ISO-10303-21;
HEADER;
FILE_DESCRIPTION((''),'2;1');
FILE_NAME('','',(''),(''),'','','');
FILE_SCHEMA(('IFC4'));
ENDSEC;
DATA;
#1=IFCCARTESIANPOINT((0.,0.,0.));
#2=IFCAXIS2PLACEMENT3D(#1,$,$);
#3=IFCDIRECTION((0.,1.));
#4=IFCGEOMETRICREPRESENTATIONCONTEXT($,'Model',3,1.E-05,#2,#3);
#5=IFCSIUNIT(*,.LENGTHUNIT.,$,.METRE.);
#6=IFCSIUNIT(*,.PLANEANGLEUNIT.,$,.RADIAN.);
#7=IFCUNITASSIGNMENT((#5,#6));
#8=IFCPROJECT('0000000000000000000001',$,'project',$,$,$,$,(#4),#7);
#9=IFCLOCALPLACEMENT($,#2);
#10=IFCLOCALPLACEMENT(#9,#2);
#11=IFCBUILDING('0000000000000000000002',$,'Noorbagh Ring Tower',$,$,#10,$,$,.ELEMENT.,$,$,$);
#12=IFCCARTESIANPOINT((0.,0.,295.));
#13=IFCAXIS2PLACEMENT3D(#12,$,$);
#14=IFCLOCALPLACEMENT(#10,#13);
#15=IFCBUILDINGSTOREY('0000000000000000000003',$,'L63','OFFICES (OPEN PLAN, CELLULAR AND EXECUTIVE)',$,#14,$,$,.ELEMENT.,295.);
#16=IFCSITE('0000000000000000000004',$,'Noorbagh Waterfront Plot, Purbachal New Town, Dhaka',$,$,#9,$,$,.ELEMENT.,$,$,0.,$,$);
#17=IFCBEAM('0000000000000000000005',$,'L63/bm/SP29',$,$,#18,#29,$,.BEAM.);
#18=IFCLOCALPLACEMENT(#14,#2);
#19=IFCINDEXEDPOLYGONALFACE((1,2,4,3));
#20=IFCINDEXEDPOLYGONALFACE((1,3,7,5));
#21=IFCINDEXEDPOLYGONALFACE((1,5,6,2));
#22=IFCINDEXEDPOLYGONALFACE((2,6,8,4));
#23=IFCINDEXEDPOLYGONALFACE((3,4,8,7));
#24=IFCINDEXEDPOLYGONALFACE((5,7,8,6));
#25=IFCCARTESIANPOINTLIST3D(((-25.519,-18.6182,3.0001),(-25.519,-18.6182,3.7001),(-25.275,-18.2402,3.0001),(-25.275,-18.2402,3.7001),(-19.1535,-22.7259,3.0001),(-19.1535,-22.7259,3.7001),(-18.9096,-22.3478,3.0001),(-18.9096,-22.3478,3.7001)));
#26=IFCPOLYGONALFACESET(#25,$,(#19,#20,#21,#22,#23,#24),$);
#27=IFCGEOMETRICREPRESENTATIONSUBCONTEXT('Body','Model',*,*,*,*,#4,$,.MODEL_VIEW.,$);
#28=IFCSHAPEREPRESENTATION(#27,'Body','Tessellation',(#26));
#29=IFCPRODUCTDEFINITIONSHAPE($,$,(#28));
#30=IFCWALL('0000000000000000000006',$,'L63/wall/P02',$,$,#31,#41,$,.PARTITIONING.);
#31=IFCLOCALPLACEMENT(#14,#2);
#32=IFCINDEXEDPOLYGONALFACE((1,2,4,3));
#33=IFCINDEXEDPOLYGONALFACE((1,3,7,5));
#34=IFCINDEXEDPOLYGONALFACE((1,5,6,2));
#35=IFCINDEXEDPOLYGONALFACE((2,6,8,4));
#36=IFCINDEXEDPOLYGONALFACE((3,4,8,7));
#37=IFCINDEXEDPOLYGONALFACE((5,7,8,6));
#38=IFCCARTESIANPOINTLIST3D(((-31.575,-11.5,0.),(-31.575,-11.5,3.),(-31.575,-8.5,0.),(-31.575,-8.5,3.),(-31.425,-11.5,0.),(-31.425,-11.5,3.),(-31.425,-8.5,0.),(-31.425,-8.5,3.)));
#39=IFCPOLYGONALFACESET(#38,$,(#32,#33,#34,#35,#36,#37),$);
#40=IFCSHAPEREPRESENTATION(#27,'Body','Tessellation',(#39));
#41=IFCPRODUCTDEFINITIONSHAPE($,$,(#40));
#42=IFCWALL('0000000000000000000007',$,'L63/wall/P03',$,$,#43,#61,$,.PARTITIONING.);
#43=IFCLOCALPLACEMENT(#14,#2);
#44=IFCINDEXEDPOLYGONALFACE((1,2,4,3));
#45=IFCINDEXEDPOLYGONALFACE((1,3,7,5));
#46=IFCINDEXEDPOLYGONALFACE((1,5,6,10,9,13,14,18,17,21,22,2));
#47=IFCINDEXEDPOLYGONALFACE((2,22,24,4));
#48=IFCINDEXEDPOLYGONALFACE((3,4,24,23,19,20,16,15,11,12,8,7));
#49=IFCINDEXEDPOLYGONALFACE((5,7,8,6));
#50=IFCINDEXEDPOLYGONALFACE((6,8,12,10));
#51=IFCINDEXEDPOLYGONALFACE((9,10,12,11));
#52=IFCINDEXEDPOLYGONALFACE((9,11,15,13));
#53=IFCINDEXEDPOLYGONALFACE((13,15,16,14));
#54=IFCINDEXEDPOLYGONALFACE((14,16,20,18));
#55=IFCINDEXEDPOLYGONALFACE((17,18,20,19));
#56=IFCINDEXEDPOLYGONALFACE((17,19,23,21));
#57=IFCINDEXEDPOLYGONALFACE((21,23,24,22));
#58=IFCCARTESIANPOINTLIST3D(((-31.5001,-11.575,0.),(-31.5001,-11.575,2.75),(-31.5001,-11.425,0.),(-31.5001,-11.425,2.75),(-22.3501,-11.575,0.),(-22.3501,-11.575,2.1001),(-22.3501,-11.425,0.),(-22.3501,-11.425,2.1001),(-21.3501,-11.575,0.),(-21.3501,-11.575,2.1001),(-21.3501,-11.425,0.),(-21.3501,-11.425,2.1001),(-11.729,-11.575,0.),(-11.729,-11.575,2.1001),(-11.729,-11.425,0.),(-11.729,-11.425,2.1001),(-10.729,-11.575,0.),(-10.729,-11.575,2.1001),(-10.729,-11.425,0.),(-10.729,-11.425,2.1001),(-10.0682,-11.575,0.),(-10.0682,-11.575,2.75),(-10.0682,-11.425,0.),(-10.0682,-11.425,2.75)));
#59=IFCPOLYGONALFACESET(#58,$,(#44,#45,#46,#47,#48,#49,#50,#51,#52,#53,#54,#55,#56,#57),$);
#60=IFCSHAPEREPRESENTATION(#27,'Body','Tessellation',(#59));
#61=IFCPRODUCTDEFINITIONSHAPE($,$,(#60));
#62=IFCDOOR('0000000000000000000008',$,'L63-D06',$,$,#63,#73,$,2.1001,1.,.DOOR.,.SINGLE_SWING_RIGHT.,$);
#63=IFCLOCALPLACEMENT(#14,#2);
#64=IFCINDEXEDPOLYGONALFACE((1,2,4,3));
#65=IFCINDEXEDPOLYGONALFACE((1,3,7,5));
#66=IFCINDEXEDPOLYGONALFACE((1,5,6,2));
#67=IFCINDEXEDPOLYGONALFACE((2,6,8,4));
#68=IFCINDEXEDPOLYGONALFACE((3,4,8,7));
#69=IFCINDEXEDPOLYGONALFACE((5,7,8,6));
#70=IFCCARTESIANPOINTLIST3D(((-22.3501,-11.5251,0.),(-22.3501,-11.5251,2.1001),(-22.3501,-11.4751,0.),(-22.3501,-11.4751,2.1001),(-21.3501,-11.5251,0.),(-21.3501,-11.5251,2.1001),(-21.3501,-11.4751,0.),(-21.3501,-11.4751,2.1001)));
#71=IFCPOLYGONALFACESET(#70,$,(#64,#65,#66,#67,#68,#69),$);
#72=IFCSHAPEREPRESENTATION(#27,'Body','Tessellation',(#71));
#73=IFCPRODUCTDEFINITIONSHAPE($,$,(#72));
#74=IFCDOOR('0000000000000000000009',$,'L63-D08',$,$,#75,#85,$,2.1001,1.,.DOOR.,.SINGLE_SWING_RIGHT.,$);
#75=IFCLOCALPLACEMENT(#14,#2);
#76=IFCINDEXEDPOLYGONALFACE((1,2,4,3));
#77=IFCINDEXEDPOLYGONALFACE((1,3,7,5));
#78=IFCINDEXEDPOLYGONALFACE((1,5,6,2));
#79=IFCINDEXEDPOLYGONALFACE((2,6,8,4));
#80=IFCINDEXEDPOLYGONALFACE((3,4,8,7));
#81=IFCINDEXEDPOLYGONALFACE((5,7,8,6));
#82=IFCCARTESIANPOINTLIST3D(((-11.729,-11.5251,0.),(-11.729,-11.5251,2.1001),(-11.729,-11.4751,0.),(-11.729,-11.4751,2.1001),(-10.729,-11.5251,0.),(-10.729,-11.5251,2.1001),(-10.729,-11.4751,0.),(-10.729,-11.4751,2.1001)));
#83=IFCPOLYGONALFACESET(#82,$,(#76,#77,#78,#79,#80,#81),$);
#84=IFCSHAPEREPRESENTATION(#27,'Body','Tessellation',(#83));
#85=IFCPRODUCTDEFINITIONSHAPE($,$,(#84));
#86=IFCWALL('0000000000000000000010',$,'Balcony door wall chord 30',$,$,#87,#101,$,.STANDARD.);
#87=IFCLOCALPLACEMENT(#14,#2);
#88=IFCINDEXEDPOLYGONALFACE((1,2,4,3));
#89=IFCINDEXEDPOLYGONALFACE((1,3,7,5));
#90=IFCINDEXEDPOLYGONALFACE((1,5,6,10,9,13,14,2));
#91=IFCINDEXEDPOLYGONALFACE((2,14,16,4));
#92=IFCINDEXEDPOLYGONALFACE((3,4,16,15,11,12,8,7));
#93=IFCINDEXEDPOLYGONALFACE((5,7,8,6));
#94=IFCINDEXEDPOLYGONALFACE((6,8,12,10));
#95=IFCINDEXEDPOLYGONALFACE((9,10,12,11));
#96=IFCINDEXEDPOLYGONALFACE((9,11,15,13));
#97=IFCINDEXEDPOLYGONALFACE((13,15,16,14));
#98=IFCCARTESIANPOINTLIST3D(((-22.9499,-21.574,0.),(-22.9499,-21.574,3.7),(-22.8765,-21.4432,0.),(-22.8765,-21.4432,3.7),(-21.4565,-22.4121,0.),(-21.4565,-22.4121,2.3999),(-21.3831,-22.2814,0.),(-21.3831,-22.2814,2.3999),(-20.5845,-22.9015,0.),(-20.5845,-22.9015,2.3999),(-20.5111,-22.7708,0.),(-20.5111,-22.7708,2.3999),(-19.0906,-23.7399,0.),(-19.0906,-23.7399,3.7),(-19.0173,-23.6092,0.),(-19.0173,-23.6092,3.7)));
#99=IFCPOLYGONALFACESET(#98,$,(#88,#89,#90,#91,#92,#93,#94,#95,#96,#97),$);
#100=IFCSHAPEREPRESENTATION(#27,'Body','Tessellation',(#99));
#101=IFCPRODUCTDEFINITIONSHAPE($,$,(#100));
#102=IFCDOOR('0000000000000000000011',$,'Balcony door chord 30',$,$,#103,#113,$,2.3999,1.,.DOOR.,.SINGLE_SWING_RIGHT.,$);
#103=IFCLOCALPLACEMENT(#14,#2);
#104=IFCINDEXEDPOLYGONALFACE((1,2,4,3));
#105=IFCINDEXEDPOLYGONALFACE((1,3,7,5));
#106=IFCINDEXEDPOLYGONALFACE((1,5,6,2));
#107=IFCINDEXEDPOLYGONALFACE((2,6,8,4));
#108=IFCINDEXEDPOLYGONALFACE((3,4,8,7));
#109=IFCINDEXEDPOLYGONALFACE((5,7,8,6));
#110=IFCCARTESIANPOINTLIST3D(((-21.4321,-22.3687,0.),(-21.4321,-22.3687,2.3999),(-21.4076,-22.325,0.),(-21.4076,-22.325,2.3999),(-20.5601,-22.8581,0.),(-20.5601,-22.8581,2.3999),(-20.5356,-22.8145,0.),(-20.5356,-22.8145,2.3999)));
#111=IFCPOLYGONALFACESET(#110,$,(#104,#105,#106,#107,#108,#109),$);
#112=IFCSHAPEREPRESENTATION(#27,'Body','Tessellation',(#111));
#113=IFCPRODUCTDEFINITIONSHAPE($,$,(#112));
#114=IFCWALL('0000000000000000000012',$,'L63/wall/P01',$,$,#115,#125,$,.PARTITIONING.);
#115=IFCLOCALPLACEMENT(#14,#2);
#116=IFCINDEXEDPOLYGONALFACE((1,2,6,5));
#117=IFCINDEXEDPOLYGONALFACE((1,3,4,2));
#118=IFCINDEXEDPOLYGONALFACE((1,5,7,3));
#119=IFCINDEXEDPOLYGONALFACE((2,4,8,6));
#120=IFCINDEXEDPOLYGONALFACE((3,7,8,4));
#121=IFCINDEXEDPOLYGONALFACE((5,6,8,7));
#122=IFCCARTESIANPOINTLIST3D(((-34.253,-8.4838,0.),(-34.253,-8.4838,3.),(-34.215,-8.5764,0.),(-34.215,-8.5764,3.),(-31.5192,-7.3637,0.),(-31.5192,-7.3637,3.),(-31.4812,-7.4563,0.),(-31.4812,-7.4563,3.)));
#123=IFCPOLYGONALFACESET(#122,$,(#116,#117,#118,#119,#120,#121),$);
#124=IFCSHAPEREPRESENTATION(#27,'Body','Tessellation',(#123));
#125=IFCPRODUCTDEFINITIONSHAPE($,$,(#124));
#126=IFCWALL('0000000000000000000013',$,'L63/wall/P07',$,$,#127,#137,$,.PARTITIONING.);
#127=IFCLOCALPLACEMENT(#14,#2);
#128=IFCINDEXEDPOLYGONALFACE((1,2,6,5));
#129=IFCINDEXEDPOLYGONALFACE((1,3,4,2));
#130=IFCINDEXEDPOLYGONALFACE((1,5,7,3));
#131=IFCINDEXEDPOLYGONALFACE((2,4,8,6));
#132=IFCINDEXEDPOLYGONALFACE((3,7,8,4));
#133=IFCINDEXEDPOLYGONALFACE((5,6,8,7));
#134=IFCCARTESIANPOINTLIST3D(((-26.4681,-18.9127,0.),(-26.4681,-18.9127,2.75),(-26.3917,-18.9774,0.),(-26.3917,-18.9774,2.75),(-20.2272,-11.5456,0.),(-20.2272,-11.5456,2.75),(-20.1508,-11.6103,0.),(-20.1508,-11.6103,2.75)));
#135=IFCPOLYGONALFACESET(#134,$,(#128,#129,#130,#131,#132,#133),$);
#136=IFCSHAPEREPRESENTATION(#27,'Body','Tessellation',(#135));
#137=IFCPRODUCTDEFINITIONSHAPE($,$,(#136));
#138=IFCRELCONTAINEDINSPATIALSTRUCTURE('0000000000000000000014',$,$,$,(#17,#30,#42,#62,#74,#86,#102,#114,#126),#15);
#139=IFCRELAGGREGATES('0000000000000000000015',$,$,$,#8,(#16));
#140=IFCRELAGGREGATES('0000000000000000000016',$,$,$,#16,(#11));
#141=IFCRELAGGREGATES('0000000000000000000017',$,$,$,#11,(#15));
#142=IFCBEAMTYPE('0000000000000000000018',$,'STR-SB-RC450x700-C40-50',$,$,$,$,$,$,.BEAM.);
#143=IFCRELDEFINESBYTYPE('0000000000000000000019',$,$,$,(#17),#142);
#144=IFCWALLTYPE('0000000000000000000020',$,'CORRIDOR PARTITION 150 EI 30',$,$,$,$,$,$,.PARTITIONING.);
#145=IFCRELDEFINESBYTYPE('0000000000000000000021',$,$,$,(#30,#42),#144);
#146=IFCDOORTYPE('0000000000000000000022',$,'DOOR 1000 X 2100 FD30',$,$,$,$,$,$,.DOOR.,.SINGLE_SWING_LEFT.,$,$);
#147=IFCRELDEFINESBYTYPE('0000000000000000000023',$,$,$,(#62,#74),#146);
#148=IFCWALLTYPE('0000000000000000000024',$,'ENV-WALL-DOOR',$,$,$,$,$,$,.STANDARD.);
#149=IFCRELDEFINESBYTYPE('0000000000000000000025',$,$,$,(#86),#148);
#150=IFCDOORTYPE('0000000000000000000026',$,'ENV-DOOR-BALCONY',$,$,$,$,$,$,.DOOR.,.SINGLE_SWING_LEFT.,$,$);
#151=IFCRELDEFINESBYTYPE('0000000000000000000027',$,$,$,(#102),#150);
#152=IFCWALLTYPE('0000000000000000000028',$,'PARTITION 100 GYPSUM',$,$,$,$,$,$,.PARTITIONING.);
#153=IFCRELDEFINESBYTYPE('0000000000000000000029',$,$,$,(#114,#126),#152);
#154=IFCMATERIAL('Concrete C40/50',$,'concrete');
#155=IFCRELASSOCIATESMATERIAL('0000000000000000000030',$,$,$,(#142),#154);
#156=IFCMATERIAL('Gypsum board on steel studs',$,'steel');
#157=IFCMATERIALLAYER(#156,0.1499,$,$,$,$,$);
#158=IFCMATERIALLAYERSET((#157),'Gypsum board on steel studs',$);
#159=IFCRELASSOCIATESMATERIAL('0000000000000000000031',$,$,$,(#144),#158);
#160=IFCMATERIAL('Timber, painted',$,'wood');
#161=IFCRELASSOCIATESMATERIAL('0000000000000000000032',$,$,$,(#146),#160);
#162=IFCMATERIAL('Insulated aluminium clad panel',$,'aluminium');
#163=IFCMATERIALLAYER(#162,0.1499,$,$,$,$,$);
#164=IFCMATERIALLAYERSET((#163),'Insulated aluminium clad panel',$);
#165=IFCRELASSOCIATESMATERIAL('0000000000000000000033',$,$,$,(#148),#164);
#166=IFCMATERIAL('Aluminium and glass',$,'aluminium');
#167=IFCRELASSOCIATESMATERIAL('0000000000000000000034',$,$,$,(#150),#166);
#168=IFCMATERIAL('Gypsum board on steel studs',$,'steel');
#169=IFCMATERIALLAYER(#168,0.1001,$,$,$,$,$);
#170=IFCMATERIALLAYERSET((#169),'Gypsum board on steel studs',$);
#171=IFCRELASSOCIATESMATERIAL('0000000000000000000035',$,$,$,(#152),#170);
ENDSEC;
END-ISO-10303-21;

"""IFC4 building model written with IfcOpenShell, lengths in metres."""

from ifc_helpers import new_model, si_unit, direction, frame, frame_2d, origin, origin_2d, place, context, subcontext, project, spatial, rectangle, extrude, material, layer, layer_set, material_profile, profile_set, type_object, element, fill, save


model = new_model("IFC4")

# Units and contexts
model_context = context("Model", 3, precision=1e-05, world=origin(), true_north=direction((0.0, 1.0)))
body_context = subcontext(model_context, "Body", "Model", "MODEL_VIEW")
ifc_project = project(units=[si_unit("LENGTHUNIT", "METRE"), si_unit("PLANEANGLEUNIT", "RADIAN")], contexts=[model_context])

# Site, building, storey
site_placement = place(None, origin())
site = spatial("IfcSite", under=ifc_project, at=site_placement, Name="Noorbagh Waterfront Plot, Purbachal New Town, Dhaka", CompositionType="ELEMENT", RefElevation=0.0)
building_placement = place(site_placement, origin())
building = spatial("IfcBuilding", under=site, at=building_placement, Name="Noorbagh Ring Tower", CompositionType="ELEMENT")
storey_placement = place(building_placement, frame((0.0, 0.0, 295.0)))
storey = spatial("IfcBuildingStorey", under=building, at=storey_placement, Name="L63", Description="OFFICES (OPEN PLAN, CELLULAR AND EXECUTIVE)", CompositionType="ELEMENT", Elevation=295.0)

# Beam
ifc_material_1 = material(Name="Concrete C40/50", Category="concrete")
ifc_material_profile_1 = material_profile(ifc_material_1, rectangle(XDim=0.45, YDim=0.7, at=origin_2d()), Name="RC450x700")
ifc_profile_set_1 = profile_set([ifc_material_profile_1], Name="Concrete C40/50")
beam_type_1 = type_object("IfcBeamType", Name="STR-SB-RC450x700-C40-50", PredefinedType="BEAM", material=ifc_profile_set_1)
beam_1_placement = place(storey_placement, frame((-25.397, -18.4292, 3.3501), z_axis=(0.840242, -0.542211, 0.0), x_axis=(0.542211, 0.840242, 0.0)))
element("IfcBeam", 1, at=beam_1_placement, inside=storey, type_object=beam_type_1, Name="L63/bm/SP29", PredefinedType="BEAM", context=body_context, shape_type="SweptSolid", body=[
    extrude(rectangle(XDim=0.45, YDim=0.7, at=origin_2d()), origin(), (0.0, 0.0, 1.0), 7.5757),
])

# Wall
ifc_material_2 = material(Name="Gypsum board on steel studs", Category="steel")
ifc_layer_1 = layer(ifc_material_2, 0.1499)
ifc_layer_set_1 = layer_set([ifc_layer_1], Name="Gypsum board on steel studs")
wall_type_1 = type_object("IfcWallType", Name="CORRIDOR PARTITION 150 EI 30", PredefinedType="PARTITIONING", material=ifc_layer_set_1)
wall_1_placement = place(storey_placement, frame((-31.5, -11.5, 0.0), z_axis=(0.0, 0.0, 1.0), x_axis=(0.0, 1.0, 0.0)))
element("IfcWall", 2, at=wall_1_placement, inside=storey, type_object=wall_type_1, Name="L63/wall/P02", PredefinedType="PARTITIONING", context=body_context, shape_type="SweptSolid", body=[
    extrude(rectangle(XDim=3.0, YDim=0.1499, at=frame_2d((1.5, 0.0))), origin(), (0.0, 0.0, 1.0), 3.0),
])

# Wall, openings, doors
wall_2_placement = place(storey_placement, frame((-31.5, -11.5, 0.0), z_axis=(0.0, 0.0, 1.0), x_axis=(1.0, 0.0, 0.0)))
wall_2 = element("IfcWall", 3, at=wall_2_placement, inside=storey, type_object=wall_type_1, Name="L63/wall/P03", PredefinedType="PARTITIONING", context=body_context, shape_type="SweptSolid", body=[
    extrude(rectangle(XDim=21.4319, YDim=0.1499, at=frame_2d((10.7158, 0.0))), origin(), (0.0, 0.0, 1.0), 2.75),
])
opening_1_placement = place(wall_2_placement, frame((9.1499, 0.0, 0.0)))
opening_1 = element("IfcOpeningElement", 4, at=opening_1_placement, cuts=wall_2, PredefinedType="OPENING", context=body_context, shape_type="SweptSolid", body=[
    extrude(rectangle(XDim=1.0, YDim=2.1001, at=frame_2d((0.5, 1.05))), frame((0.0, 0.085, 0.0), z_axis=(0.0, -1.0, 0.0), x_axis=(1.0, 0.0, 0.0)), (0.0, 0.0, 1.0), 0.1699),
])
opening_2_placement = place(wall_2_placement, frame((19.771, 0.0, 0.0)))
opening_2 = element("IfcOpeningElement", 5, at=opening_2_placement, cuts=wall_2, PredefinedType="OPENING", context=body_context, shape_type="SweptSolid", body=[
    extrude(rectangle(XDim=1.0, YDim=2.1001, at=frame_2d((0.5, 1.05))), frame((0.0, 0.085, 0.0), z_axis=(0.0, -1.0, 0.0), x_axis=(1.0, 0.0, 0.0)), (0.0, 0.0, 1.0), 0.1699),
])
ifc_material_3 = material(Name="Timber, painted", Category="wood")
door_type_1 = type_object("IfcDoorType", Name="DOOR 1000 X 2100 FD30", OperationType="SINGLE_SWING_LEFT", PredefinedType="DOOR", material=ifc_material_3)
door_1_placement = place(opening_1_placement, origin())
door_1 = element("IfcDoor", 6, at=door_1_placement, inside=storey, type_object=door_type_1, Name="L63-D06", OperationType="SINGLE_SWING_RIGHT", OverallHeight=2.1001, OverallWidth=1.0, PredefinedType="DOOR", context=body_context, shape_type="SweptSolid", body=[
    extrude(rectangle(XDim=1.0, YDim=2.1001, at=frame_2d((0.5, 1.05))), frame((0.0, 0.0249, 0.0), z_axis=(0.0, -1.0, 0.0), x_axis=(1.0, 0.0, 0.0)), (0.0, 0.0, 1.0), 0.05),
])
fill(opening_1, door_1)
door_2_placement = place(opening_2_placement, origin())
door_2 = element("IfcDoor", 7, at=door_2_placement, inside=storey, type_object=door_type_1, Name="L63-D08", OperationType="SINGLE_SWING_RIGHT", OverallHeight=2.1001, OverallWidth=1.0, PredefinedType="DOOR", context=body_context, shape_type="SweptSolid", body=[
    extrude(rectangle(XDim=1.0, YDim=2.1001, at=frame_2d((0.5, 1.05))), frame((0.0, 0.0249, 0.0), z_axis=(0.0, -1.0, 0.0), x_axis=(1.0, 0.0, 0.0)), (0.0, 0.0, 1.0), 0.05),
])
fill(opening_2, door_2)

# Wall, opening, door
ifc_material_4 = material(Name="Insulated aluminium clad panel", Category="aluminium")
ifc_layer_2 = layer(ifc_material_4, 0.1499)
ifc_layer_set_2 = layer_set([ifc_layer_2], Name="Insulated aluminium clad panel")
wall_type_2 = type_object("IfcWallType", Name="ENV-WALL-DOOR", PredefinedType="STANDARD", material=ifc_layer_set_2)
wall_3_placement = place(storey_placement, frame((-22.9133, -21.5085, 0.0), z_axis=(0.0, 0.0, 1.0), x_axis=(0.872047, -0.489423, 0.0)))
wall_3 = element("IfcWall", 8, at=wall_3_placement, inside=storey, type_object=wall_type_2, Name="Balcony door wall chord 30", PredefinedType="STANDARD", context=body_context, shape_type="SweptSolid", body=[
    extrude(rectangle(XDim=4.4255, YDim=0.1499, at=frame_2d((2.2129, 0.0))), origin(), (0.0, 0.0, 1.0), 3.7),
])
opening_3_placement = place(wall_3_placement, frame((1.7126, 0.0, 0.0)))
opening_3 = element("IfcOpeningElement", 9, at=opening_3_placement, cuts=wall_3, PredefinedType="OPENING", context=body_context, shape_type="SweptSolid", body=[
    extrude(rectangle(XDim=1.0, YDim=2.3999, at=frame_2d((0.5, 1.2))), frame((0.0, 0.085, 0.0), z_axis=(0.0, -1.0, 0.0), x_axis=(1.0, 0.0, 0.0)), (0.0, 0.0, 1.0), 0.1699),
])
ifc_material_5 = material(Name="Aluminium and glass", Category="aluminium")
door_type_2 = type_object("IfcDoorType", Name="ENV-DOOR-BALCONY", OperationType="SINGLE_SWING_LEFT", PredefinedType="DOOR", material=ifc_material_5)
door_3_placement = place(opening_3_placement, origin())
door_3 = element("IfcDoor", 10, at=door_3_placement, inside=storey, type_object=door_type_2, Name="Balcony door chord 30", OperationType="SINGLE_SWING_RIGHT", OverallHeight=2.3999, OverallWidth=1.0, PredefinedType="DOOR", context=body_context, shape_type="SweptSolid", body=[
    extrude(rectangle(XDim=1.0, YDim=2.3999, at=frame_2d((0.5, 1.2))), frame((0.0, 0.0249, 0.0), z_axis=(0.0, -1.0, 0.0), x_axis=(1.0, 0.0, 0.0)), (0.0, 0.0, 1.0), 0.05),
])
fill(opening_3, door_3)

# Walls
ifc_material_6 = material(Name="Gypsum board on steel studs", Category="steel")
ifc_layer_3 = layer(ifc_material_6, 0.1001)
ifc_layer_set_3 = layer_set([ifc_layer_3], Name="Gypsum board on steel studs")
wall_type_3 = type_object("IfcWallType", Name="PARTITION 100 GYPSUM", PredefinedType="PARTITIONING", material=ifc_layer_set_3)
wall_4_placement = place(storey_placement, frame((-34.2339, -8.53, 0.0), z_axis=(0.0, 0.0, 1.0), x_axis=(0.925344, 0.379128, 0.0)))
element("IfcWall", 11, at=wall_4_placement, inside=storey, type_object=wall_type_3, Name="L63/wall/P01", PredefinedType="PARTITIONING", context=body_context, shape_type="SweptSolid", body=[
    extrude(rectangle(XDim=2.9543, YDim=0.1001, at=frame_2d((1.4771, 0.0))), origin(), (0.0, 0.0, 1.0), 3.0),
])
wall_5_placement = place(storey_placement, frame((-26.4299, -18.9451, 0.0), z_axis=(0.0, 0.0, 1.0), x_axis=(0.646376, 0.763019, 0.0)))
element("IfcWall", 12, at=wall_5_placement, inside=storey, type_object=wall_type_3, Name="L63/wall/P07", PredefinedType="PARTITIONING", context=body_context, shape_type="SweptSolid", body=[
    extrude(rectangle(XDim=9.6553, YDim=0.1001, at=frame_2d((4.8276, 0.0))), origin(), (0.0, 0.0, 1.0), 2.75),
])

save(model, "model.ifc")
